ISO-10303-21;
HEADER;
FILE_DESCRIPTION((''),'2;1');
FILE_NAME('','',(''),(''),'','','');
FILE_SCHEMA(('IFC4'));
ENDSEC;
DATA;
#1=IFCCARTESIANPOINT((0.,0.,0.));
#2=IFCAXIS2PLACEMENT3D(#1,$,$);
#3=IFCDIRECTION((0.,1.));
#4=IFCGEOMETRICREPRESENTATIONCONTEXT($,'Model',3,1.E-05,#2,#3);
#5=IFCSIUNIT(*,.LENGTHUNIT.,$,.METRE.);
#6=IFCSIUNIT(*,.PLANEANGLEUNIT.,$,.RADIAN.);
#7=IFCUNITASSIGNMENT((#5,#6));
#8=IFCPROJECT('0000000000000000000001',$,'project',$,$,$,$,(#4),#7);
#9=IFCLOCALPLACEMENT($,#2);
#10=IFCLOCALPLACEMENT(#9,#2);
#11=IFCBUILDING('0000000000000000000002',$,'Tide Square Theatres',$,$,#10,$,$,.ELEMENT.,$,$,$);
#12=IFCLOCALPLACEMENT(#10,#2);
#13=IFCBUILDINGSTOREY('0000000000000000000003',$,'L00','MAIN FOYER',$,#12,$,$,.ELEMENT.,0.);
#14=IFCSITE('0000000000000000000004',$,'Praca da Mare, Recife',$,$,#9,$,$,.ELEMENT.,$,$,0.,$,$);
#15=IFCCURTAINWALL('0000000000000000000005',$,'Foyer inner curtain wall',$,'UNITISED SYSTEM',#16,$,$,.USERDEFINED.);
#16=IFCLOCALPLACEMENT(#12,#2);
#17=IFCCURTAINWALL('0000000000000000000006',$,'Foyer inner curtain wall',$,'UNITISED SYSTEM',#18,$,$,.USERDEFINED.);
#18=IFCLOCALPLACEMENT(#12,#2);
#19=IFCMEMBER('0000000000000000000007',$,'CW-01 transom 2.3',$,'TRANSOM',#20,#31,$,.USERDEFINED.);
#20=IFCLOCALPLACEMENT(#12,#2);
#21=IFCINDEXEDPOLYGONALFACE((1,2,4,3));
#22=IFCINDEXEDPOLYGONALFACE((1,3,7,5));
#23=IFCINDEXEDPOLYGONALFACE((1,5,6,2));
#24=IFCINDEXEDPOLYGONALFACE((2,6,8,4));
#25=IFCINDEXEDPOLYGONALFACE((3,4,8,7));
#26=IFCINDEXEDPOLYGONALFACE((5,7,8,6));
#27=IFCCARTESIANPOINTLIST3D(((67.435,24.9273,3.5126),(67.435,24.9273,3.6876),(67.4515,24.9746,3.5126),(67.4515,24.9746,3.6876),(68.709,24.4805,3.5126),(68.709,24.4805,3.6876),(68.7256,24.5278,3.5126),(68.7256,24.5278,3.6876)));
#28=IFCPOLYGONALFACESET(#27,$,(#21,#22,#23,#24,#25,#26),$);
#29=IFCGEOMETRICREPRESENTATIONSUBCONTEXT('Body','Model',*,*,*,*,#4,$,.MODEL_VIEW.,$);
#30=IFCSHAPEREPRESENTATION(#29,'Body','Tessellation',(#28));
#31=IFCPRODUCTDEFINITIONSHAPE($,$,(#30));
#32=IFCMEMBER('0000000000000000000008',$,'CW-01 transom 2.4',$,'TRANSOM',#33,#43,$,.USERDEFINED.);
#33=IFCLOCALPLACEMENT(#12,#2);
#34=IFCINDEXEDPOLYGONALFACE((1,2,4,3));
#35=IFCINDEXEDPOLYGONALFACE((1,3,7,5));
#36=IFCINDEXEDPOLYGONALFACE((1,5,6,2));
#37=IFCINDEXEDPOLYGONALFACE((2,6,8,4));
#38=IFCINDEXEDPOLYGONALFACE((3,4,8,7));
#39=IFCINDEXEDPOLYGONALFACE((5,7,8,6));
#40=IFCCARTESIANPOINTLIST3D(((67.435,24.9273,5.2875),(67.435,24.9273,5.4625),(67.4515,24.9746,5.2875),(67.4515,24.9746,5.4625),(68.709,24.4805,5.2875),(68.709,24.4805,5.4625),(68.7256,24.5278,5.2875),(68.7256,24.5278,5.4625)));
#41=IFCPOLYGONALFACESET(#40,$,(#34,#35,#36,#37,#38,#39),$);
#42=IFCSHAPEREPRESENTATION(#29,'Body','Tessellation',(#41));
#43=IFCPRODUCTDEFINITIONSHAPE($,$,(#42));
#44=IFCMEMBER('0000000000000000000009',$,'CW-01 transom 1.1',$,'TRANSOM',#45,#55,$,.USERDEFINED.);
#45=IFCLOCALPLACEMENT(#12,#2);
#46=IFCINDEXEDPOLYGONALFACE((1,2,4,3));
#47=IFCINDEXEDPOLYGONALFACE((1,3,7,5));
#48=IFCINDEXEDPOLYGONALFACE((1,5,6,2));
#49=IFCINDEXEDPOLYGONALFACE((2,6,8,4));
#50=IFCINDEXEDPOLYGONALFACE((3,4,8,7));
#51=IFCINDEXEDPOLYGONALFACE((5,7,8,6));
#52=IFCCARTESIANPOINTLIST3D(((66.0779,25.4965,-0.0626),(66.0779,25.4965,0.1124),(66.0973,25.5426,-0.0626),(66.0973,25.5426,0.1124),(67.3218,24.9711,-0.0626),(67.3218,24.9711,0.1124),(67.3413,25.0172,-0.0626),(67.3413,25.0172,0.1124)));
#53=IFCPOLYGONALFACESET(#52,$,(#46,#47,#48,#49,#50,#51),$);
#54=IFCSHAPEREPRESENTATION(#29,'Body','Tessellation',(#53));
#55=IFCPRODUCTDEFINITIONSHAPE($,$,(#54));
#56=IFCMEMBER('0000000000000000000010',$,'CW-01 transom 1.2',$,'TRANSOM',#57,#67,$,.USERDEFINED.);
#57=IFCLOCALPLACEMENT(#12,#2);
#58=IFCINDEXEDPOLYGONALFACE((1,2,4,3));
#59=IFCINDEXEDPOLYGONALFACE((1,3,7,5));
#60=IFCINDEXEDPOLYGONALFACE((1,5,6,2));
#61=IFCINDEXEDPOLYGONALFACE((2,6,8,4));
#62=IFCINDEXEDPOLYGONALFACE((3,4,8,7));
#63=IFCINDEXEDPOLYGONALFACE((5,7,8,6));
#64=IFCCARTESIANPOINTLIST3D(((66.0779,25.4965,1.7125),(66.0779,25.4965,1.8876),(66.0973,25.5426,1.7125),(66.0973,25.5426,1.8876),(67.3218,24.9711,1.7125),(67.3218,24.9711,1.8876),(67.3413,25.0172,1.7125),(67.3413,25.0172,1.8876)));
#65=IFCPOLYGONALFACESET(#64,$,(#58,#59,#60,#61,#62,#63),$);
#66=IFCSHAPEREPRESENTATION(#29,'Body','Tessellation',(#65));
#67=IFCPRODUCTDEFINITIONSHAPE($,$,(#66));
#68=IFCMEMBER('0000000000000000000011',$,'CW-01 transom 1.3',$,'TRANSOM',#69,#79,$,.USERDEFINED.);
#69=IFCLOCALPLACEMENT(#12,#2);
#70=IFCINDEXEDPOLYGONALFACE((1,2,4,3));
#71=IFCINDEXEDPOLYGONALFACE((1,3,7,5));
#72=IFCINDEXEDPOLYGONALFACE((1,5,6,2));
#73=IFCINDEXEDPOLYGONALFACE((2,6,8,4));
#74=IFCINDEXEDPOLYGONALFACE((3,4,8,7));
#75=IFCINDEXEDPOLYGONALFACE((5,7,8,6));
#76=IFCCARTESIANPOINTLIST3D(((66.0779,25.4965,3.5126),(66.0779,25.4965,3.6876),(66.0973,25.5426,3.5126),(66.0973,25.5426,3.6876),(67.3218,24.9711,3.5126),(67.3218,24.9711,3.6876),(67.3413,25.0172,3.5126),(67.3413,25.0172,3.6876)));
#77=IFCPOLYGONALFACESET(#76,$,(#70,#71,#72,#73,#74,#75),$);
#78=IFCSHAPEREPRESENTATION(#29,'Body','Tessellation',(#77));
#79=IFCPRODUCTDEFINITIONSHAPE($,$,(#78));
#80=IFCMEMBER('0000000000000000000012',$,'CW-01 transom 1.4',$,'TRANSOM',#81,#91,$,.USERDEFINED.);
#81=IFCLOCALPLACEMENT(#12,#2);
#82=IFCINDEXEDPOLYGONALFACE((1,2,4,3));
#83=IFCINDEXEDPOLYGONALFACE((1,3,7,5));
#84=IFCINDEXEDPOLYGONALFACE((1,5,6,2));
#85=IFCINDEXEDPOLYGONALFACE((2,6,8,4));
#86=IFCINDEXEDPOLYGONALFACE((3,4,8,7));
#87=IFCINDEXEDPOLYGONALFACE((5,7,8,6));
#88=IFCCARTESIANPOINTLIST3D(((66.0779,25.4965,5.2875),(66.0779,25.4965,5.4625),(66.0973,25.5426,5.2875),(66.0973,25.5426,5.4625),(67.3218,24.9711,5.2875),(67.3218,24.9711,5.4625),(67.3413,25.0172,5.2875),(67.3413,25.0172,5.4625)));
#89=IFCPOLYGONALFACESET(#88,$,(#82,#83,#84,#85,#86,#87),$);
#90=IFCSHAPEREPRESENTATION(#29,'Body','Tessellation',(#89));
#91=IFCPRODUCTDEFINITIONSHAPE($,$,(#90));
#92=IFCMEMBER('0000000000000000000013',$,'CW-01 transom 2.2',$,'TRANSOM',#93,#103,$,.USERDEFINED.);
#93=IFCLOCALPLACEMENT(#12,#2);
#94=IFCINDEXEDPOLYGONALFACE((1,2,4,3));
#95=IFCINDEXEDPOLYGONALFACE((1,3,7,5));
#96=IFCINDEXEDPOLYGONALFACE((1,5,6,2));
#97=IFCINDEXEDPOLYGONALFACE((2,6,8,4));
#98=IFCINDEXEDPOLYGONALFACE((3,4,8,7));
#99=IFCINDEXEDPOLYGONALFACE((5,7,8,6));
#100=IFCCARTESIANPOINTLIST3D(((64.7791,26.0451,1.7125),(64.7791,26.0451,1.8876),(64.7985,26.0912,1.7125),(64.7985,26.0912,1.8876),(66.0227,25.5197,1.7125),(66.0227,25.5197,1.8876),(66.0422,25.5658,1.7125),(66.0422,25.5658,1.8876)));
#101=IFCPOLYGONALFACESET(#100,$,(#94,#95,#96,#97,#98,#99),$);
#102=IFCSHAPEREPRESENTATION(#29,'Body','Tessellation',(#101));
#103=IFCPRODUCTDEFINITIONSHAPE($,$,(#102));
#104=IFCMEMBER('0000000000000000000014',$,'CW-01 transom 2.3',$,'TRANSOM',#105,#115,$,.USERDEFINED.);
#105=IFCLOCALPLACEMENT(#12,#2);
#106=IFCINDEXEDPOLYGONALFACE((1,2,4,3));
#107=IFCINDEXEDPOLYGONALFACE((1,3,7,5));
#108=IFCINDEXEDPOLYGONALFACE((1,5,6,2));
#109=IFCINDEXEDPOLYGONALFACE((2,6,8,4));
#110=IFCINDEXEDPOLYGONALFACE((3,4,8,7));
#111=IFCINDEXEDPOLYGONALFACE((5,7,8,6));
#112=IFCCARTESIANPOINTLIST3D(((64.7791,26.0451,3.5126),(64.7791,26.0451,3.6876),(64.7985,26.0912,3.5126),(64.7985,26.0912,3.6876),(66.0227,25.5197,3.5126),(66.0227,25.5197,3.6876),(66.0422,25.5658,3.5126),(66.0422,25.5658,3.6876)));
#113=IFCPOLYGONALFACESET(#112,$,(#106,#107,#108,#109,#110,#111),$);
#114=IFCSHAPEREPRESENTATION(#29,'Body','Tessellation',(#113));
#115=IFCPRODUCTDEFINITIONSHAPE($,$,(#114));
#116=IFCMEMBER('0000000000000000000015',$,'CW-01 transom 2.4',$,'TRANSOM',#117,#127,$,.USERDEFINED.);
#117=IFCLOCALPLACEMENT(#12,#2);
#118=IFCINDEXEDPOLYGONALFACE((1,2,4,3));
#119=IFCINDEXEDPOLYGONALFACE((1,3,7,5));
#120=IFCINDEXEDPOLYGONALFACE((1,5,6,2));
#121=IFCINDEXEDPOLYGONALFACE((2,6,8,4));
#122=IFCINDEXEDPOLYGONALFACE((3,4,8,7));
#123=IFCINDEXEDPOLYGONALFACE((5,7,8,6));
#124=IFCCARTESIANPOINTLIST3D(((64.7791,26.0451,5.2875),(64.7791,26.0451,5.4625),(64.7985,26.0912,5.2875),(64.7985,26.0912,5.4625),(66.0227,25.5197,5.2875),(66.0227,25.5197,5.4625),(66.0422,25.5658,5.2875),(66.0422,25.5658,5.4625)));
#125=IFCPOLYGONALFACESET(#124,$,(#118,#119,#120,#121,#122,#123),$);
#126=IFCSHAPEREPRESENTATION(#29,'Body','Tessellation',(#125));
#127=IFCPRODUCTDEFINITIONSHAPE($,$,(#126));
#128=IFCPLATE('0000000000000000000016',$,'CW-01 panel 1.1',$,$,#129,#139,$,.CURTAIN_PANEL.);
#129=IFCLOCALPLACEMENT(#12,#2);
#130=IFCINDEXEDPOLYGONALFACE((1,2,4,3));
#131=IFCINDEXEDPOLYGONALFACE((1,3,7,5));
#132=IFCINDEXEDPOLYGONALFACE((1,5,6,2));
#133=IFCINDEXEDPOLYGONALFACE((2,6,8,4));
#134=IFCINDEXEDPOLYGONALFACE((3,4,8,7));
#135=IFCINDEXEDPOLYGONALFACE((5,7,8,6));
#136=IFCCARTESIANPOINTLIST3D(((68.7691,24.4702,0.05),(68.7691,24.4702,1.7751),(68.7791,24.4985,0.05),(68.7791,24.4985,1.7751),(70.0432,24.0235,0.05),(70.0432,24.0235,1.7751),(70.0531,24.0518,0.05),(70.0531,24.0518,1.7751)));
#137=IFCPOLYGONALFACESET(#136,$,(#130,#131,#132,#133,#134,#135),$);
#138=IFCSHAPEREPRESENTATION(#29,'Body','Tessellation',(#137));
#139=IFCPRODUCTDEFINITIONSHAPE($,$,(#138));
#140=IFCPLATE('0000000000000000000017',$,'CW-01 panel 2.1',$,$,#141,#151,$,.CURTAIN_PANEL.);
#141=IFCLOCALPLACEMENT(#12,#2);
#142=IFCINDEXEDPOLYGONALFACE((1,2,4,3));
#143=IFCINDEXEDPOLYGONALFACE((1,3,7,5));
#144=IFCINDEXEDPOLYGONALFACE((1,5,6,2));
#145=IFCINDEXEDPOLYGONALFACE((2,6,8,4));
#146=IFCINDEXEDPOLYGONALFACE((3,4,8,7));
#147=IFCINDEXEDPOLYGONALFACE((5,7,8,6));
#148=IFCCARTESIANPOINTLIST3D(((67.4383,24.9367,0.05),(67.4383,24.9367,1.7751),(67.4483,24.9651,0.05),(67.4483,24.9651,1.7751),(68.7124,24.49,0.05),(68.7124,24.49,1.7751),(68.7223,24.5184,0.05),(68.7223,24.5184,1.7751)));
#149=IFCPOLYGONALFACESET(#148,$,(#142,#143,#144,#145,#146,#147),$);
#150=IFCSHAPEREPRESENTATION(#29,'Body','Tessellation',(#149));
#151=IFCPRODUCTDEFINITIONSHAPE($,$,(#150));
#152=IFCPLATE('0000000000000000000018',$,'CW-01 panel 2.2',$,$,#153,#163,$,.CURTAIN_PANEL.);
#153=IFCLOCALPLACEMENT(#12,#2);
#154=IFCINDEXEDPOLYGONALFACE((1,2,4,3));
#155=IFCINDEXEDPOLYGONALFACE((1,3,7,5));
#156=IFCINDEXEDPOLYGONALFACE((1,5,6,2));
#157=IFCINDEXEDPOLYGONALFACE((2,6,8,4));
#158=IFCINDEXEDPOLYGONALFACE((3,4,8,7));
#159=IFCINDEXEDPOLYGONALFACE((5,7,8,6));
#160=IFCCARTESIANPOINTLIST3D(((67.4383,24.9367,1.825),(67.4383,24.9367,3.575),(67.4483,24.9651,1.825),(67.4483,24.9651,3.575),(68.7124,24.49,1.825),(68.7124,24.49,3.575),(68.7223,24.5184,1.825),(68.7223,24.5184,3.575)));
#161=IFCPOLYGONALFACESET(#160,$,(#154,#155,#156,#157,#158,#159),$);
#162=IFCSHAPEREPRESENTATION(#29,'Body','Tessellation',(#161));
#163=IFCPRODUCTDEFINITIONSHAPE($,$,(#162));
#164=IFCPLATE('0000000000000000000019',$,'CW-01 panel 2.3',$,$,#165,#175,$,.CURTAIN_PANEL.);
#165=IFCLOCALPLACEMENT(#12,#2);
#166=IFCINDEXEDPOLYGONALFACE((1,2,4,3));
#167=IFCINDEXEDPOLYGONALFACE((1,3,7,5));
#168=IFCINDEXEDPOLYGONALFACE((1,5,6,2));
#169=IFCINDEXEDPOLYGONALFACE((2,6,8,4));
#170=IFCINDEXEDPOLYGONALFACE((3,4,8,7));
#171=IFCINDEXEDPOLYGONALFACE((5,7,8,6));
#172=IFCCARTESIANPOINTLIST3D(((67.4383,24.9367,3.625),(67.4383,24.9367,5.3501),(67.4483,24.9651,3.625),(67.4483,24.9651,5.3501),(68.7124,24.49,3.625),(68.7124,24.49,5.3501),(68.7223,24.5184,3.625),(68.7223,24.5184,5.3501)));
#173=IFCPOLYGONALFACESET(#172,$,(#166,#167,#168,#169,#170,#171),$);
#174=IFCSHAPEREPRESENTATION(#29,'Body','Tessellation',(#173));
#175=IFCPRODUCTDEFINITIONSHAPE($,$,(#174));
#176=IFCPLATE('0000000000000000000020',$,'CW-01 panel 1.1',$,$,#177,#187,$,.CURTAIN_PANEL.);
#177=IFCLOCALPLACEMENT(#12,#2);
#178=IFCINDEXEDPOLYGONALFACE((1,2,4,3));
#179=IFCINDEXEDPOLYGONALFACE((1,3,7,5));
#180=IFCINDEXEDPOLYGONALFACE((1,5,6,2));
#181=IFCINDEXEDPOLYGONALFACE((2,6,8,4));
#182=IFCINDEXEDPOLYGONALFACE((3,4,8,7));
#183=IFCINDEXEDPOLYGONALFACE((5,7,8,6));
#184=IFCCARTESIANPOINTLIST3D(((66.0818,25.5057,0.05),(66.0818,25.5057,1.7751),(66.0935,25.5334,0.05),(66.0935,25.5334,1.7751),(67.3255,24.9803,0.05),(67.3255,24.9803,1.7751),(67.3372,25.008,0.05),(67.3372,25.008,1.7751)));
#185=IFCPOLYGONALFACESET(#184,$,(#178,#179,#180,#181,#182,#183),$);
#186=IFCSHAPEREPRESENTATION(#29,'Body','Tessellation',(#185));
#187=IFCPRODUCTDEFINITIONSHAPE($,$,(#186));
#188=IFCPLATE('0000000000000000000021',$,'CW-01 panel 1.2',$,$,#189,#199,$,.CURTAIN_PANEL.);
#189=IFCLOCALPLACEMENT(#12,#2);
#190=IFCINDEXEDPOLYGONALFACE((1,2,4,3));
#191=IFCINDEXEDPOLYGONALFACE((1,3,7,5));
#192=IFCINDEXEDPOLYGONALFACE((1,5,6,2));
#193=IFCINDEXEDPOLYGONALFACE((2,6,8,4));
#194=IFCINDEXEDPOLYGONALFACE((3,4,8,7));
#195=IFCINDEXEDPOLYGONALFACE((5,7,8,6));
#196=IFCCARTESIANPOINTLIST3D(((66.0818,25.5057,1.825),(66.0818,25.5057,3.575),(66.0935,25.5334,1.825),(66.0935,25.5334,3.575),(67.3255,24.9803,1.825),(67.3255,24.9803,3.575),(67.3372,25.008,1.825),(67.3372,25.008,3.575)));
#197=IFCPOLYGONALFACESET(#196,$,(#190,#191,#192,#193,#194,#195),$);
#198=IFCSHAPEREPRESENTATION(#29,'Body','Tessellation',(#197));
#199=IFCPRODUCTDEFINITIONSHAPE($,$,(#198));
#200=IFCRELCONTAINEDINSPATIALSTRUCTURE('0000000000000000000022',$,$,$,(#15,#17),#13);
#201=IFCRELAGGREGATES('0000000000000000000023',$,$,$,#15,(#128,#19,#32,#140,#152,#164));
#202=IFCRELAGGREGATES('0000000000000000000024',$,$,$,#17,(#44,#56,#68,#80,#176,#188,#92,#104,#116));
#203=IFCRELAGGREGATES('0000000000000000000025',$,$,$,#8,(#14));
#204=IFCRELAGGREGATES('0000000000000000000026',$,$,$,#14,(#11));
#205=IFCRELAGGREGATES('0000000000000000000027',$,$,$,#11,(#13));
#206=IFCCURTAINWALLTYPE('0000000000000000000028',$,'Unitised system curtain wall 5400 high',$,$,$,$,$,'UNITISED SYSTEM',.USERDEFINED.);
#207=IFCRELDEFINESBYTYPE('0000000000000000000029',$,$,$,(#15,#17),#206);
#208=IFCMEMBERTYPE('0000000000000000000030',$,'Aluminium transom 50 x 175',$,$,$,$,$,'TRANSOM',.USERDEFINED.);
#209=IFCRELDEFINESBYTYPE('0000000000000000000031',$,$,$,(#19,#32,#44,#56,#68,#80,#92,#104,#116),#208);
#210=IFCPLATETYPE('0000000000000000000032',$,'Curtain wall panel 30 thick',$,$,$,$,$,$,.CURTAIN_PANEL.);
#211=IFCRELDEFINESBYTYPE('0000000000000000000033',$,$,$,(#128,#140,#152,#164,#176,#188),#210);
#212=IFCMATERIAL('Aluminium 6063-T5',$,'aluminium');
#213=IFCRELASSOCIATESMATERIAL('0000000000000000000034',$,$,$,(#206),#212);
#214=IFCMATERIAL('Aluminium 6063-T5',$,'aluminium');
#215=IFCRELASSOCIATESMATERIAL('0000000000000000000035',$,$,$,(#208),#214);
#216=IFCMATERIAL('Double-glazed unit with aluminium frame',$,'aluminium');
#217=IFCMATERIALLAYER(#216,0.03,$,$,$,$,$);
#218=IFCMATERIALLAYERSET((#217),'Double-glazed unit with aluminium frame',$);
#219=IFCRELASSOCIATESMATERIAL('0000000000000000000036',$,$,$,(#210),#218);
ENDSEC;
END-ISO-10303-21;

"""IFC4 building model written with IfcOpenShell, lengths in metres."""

from ifc_helpers import new_model, si_unit, direction, frame, origin, origin_2d, place, context, subcontext, project, spatial, rectangle, extrude, material, layer, layer_set, material_profile, profile_set, type_object, element, aggregate, save


model = new_model("IFC4")

# Units and contexts
model_context = context("Model", 3, precision=1e-05, world=origin(), true_north=direction((0.0, 1.0)))
body_context = subcontext(model_context, "Body", "Model", "MODEL_VIEW")
ifc_project = project(units=[si_unit("LENGTHUNIT", "METRE"), si_unit("PLANEANGLEUNIT", "RADIAN")], contexts=[model_context])

# Site, building, storey
site_placement = place(None, origin())
site = spatial("IfcSite", under=ifc_project, at=site_placement, Name="Praca da Mare, Recife", CompositionType="ELEMENT", RefElevation=0.0)
building_placement = place(site_placement, origin())
building = spatial("IfcBuilding", under=site, at=building_placement, Name="Tide Square Theatres", CompositionType="ELEMENT")
storey_placement = place(building_placement, origin())
storey = spatial("IfcBuildingStorey", under=building, at=storey_placement, Name="L00", Description="MAIN FOYER", CompositionType="ELEMENT", Elevation=0.0)

# Curtain walls
ifc_material_1 = material(Name="Aluminium 6063-T5", Category="aluminium")
curtain_wall_type = type_object("IfcCurtainWallType", Name="Unitised system curtain wall 5400 high", ElementType="UNITISED SYSTEM", PredefinedType="USERDEFINED", material=ifc_material_1)
curtain_wall_1_placement = place(storey_placement, origin())
curtain_wall_1 = element("IfcCurtainWall", 1, at=curtain_wall_1_placement, inside=storey, type_object=curtain_wall_type, Name="Foyer inner curtain wall", ObjectType="UNITISED SYSTEM", PredefinedType="USERDEFINED")
curtain_wall_2_placement = place(storey_placement, origin())
curtain_wall_2 = element("IfcCurtainWall", 2, at=curtain_wall_2_placement, inside=storey, type_object=curtain_wall_type, Name="Foyer inner curtain wall", ObjectType="UNITISED SYSTEM", PredefinedType="USERDEFINED")

# Members
ifc_material_2 = material(Name="Aluminium 6063-T5", Category="aluminium")
ifc_material_profile_1 = material_profile(ifc_material_2, rectangle(XDim=0.05, YDim=0.175, at=origin_2d()))
ifc_profile_set_1 = profile_set([ifc_material_profile_1], Name="Aluminium 6063-T5")
member_type_1 = type_object("IfcMemberType", Name="Aluminium transom 50 x 175", ElementType="TRANSOM", PredefinedType="USERDEFINED", material=ifc_profile_set_1)
member_1_placement = place(storey_placement, frame((68.7173, 24.5042, 3.6001), z_axis=(-0.94365, 0.330946, 0.0), x_axis=(-0.330946, -0.94365, 0.0)))
member_1 = element("IfcMember", 3, at=member_1_placement, type_object=member_type_1, Name="CW-01 transom 2.3", ObjectType="TRANSOM", PredefinedType="USERDEFINED", context=body_context, shape_type="SweptSolid", body=[
    extrude(rectangle(XDim=0.05, YDim=0.175, at=origin_2d()), origin(), (0.0, 0.0, 1.0), 1.3501),
])
member_2_placement = place(storey_placement, frame((68.7173, 24.5042, 5.375), z_axis=(-0.94365, 0.330946, 0.0), x_axis=(-0.330946, -0.94365, 0.0)))
member_2 = element("IfcMember", 4, at=member_2_placement, type_object=member_type_1, Name="CW-01 transom 2.4", ObjectType="TRANSOM", PredefinedType="USERDEFINED", context=body_context, shape_type="SweptSolid", body=[
    extrude(rectangle(XDim=0.05, YDim=0.175, at=origin_2d()), origin(), (0.0, 0.0, 1.0), 1.3501),
])
member_3_placement = place(storey_placement, frame((67.3315, 24.9941, 0.0249), z_axis=(-0.921199, 0.389091, 0.0), x_axis=(-0.389091, -0.921199, 0.0)))
member_3 = element("IfcMember", 5, at=member_3_placement, type_object=member_type_1, Name="CW-01 transom 1.1", ObjectType="TRANSOM", PredefinedType="USERDEFINED", context=body_context, shape_type="SweptSolid", body=[
    extrude(rectangle(XDim=0.05, YDim=0.175, at=origin_2d()), origin(), (0.0, 0.0, 1.0), 1.3503),
])
member_4_placement = place(storey_placement, frame((67.3315, 24.9941, 1.8), z_axis=(-0.921199, 0.389091, 0.0), x_axis=(-0.389091, -0.921199, 0.0)))
member_4 = element("IfcMember", 6, at=member_4_placement, type_object=member_type_1, Name="CW-01 transom 1.2", ObjectType="TRANSOM", PredefinedType="USERDEFINED", context=body_context, shape_type="SweptSolid", body=[
    extrude(rectangle(XDim=0.05, YDim=0.175, at=origin_2d()), origin(), (0.0, 0.0, 1.0), 1.3503),
])
member_5_placement = place(storey_placement, frame((67.3315, 24.9941, 3.6001), z_axis=(-0.921199, 0.389091, 0.0), x_axis=(-0.389091, -0.921199, 0.0)))
member_5 = element("IfcMember", 7, at=member_5_placement, type_object=member_type_1, Name="CW-01 transom 1.3", ObjectType="TRANSOM", PredefinedType="USERDEFINED", context=body_context, shape_type="SweptSolid", body=[
    extrude(rectangle(XDim=0.05, YDim=0.175, at=origin_2d()), origin(), (0.0, 0.0, 1.0), 1.3503),
])
member_6_placement = place(storey_placement, frame((67.3315, 24.9941, 5.375), z_axis=(-0.921199, 0.389091, 0.0), x_axis=(-0.389091, -0.921199, 0.0)))
member_6 = element("IfcMember", 8, at=member_6_placement, type_object=member_type_1, Name="CW-01 transom 1.4", ObjectType="TRANSOM", PredefinedType="USERDEFINED", context=body_context, shape_type="SweptSolid", body=[
    extrude(rectangle(XDim=0.05, YDim=0.175, at=origin_2d()), origin(), (0.0, 0.0, 1.0), 1.3503),
])
member_7_placement = place(storey_placement, frame((66.0325, 25.5427, 1.8), z_axis=(-0.921172, 0.389156, 0.0), x_axis=(-0.389156, -0.921172, 0.0)))
member_7 = element("IfcMember", 9, at=member_7_placement, type_object=member_type_1, Name="CW-01 transom 2.2", ObjectType="TRANSOM", PredefinedType="USERDEFINED", context=body_context, shape_type="SweptSolid", body=[
    extrude(rectangle(XDim=0.05, YDim=0.175, at=origin_2d()), origin(), (0.0, 0.0, 1.0), 1.3501),
])
member_8_placement = place(storey_placement, frame((66.0325, 25.5427, 3.6001), z_axis=(-0.921172, 0.389156, 0.0), x_axis=(-0.389156, -0.921172, 0.0)))
member_8 = element("IfcMember", 10, at=member_8_placement, type_object=member_type_1, Name="CW-01 transom 2.3", ObjectType="TRANSOM", PredefinedType="USERDEFINED", context=body_context, shape_type="SweptSolid", body=[
    extrude(rectangle(XDim=0.05, YDim=0.175, at=origin_2d()), origin(), (0.0, 0.0, 1.0), 1.3501),
])
member_9_placement = place(storey_placement, frame((66.0325, 25.5427, 5.375), z_axis=(-0.921172, 0.389156, 0.0), x_axis=(-0.389156, -0.921172, 0.0)))
member_9 = element("IfcMember", 11, at=member_9_placement, type_object=member_type_1, Name="CW-01 transom 2.4", ObjectType="TRANSOM", PredefinedType="USERDEFINED", context=body_context, shape_type="SweptSolid", body=[
    extrude(rectangle(XDim=0.05, YDim=0.175, at=origin_2d()), origin(), (0.0, 0.0, 1.0), 1.3501),
])

# Plates
ifc_material_3 = material(Name="Double-glazed unit with aluminium frame", Category="aluminium")
ifc_layer = layer(ifc_material_3, 0.03)
ifc_layer_set = layer_set([ifc_layer], Name="Double-glazed unit with aluminium frame")
plate_type = type_object("IfcPlateType", Name="Curtain wall panel 30 thick", PredefinedType="CURTAIN_PANEL", material=ifc_layer_set)
plate_1_placement = place(storey_placement, frame((69.4111, 24.261, 0.05), z_axis=(0.0, 0.0, 1.0), x_axis=(-0.943674, 0.330876, 0.0)))
plate_1 = element("IfcPlate", 12, at=plate_1_placement, type_object=plate_type, Name="CW-01 panel 1.1", PredefinedType="CURTAIN_PANEL", context=body_context, shape_type="SweptSolid", body=[
    extrude(rectangle(XDim=1.3501, YDim=0.03, at=origin_2d()), origin(), (0.0, 0.0, 1.0), 1.7251),
])
plate_2_placement = place(storey_placement, frame((68.0803, 24.7275, 0.05), z_axis=(0.0, 0.0, 1.0), x_axis=(-0.943674, 0.330876, 0.0)))
plate_2 = element("IfcPlate", 13, at=plate_2_placement, type_object=plate_type, Name="CW-01 panel 2.1", PredefinedType="CURTAIN_PANEL", context=body_context, shape_type="SweptSolid", body=[
    extrude(rectangle(XDim=1.3501, YDim=0.03, at=origin_2d()), origin(), (0.0, 0.0, 1.0), 1.7251),
])
plate_3_placement = place(storey_placement, frame((68.0803, 24.7275, 1.825), z_axis=(0.0, 0.0, 1.0), x_axis=(-0.943674, 0.330876, 0.0)))
plate_3 = element("IfcPlate", 14, at=plate_3_placement, type_object=plate_type, Name="CW-01 panel 2.2", PredefinedType="CURTAIN_PANEL", context=body_context, shape_type="SweptSolid", body=[
    extrude(rectangle(XDim=1.3501, YDim=0.03, at=origin_2d()), origin(), (0.0, 0.0, 1.0), 1.75),
])
plate_4_placement = place(storey_placement, frame((68.0803, 24.7275, 3.625), z_axis=(0.0, 0.0, 1.0), x_axis=(-0.943674, 0.330876, 0.0)))
plate_4 = element("IfcPlate", 15, at=plate_4_placement, type_object=plate_type, Name="CW-01 panel 2.3", PredefinedType="CURTAIN_PANEL", context=body_context, shape_type="SweptSolid", body=[
    extrude(rectangle(XDim=1.3501, YDim=0.03, at=origin_2d()), origin(), (0.0, 0.0, 1.0), 1.7251),
])
aggregate(curtain_wall_1, [plate_1, member_1, member_2, plate_2, plate_3, plate_4])
plate_5_placement = place(storey_placement, frame((66.7095, 25.2568, 0.05), z_axis=(0.0, 0.0, 1.0), x_axis=(-0.92118, 0.389137, 0.0)))
plate_5 = element("IfcPlate", 16, at=plate_5_placement, type_object=plate_type, Name="CW-01 panel 1.1", PredefinedType="CURTAIN_PANEL", context=body_context, shape_type="SweptSolid", body=[
    extrude(rectangle(XDim=1.3501, YDim=0.03, at=origin_2d()), origin(), (0.0, 0.0, 1.0), 1.7251),
])
plate_6_placement = place(storey_placement, frame((66.7095, 25.2568, 1.825), z_axis=(0.0, 0.0, 1.0), x_axis=(-0.92118, 0.389137, 0.0)))
plate_6 = element("IfcPlate", 17, at=plate_6_placement, type_object=plate_type, Name="CW-01 panel 1.2", PredefinedType="CURTAIN_PANEL", context=body_context, shape_type="SweptSolid", body=[
    extrude(rectangle(XDim=1.3501, YDim=0.03, at=origin_2d()), origin(), (0.0, 0.0, 1.0), 1.75),
])
aggregate(curtain_wall_2, [member_3, member_4, member_5, member_6, plate_5, plate_6, member_7, member_8, member_9])

save(model, "model.ifc")
